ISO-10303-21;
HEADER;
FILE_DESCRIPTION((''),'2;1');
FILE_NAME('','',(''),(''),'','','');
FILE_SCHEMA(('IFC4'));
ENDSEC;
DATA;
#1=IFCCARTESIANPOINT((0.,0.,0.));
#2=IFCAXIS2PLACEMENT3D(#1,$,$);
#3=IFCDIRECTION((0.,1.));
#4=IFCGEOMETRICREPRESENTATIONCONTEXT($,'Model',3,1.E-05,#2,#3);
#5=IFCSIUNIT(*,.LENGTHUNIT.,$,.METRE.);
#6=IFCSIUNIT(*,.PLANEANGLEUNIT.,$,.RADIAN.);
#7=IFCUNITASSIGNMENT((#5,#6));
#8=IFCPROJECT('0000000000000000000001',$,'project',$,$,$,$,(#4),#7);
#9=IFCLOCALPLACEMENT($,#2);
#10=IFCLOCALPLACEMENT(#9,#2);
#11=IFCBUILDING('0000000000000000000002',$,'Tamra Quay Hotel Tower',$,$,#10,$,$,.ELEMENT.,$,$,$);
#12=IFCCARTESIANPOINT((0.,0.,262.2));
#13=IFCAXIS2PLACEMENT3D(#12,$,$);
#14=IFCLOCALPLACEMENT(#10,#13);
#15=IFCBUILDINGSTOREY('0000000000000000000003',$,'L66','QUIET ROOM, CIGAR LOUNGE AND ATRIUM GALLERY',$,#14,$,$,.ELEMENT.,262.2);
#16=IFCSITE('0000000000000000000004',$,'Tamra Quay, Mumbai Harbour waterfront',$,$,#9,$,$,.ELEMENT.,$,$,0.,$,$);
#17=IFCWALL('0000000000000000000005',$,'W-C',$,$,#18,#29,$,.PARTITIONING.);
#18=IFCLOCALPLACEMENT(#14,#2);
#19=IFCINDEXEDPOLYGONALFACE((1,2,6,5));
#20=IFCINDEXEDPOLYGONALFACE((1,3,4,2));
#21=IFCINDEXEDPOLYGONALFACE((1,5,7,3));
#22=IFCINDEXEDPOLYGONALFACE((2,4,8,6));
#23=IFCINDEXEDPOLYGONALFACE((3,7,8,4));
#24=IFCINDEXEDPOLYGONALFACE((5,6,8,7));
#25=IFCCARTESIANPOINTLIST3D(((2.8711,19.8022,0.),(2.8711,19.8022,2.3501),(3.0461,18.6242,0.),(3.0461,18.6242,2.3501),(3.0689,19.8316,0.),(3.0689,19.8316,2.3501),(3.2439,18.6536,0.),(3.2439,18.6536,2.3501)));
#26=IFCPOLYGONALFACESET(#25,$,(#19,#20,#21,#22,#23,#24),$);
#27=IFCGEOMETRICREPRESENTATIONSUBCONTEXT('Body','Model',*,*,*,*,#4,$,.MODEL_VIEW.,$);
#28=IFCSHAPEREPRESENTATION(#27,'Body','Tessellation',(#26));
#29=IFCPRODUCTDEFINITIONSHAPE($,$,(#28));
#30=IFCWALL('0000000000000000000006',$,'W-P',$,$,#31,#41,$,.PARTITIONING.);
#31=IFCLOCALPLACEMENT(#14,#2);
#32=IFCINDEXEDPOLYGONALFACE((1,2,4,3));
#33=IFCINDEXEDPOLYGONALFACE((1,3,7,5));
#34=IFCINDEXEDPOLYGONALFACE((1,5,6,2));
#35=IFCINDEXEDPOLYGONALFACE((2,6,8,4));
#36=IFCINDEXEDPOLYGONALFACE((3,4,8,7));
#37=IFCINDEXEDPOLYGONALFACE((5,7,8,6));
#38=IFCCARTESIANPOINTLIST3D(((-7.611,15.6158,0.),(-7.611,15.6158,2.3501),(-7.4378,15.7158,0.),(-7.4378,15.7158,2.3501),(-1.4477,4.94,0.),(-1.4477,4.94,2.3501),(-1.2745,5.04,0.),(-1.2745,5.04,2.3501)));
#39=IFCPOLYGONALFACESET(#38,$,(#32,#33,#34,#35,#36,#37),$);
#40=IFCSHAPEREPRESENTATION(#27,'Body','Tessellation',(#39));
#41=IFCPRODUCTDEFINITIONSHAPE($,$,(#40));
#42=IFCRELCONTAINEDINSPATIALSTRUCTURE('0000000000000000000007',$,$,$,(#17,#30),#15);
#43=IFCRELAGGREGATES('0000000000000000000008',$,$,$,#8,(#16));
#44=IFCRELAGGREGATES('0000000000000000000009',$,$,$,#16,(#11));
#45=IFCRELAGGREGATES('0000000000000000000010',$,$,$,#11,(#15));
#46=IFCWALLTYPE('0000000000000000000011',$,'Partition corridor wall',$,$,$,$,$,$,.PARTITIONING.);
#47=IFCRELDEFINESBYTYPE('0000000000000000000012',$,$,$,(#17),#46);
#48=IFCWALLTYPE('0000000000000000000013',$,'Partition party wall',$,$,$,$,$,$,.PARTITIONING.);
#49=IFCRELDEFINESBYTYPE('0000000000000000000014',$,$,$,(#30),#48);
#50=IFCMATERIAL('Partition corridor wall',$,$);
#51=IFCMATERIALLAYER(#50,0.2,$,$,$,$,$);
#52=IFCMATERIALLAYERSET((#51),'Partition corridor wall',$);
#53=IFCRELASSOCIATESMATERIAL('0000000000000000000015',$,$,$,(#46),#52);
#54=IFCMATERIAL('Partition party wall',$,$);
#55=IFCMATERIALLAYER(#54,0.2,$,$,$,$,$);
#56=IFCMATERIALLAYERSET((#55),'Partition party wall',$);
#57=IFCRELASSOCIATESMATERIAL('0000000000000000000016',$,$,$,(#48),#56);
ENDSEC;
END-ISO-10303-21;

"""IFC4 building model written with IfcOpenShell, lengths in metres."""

from ifc_helpers import new_model, si_unit, direction, frame, frame_2d, origin, place, context, subcontext, project, spatial, rectangle, extrude, material, layer, layer_set, type_object, element, save


model = new_model("IFC4")

# Units and contexts
model_context = context("Model", 3, precision=1e-05, world=origin(), true_north=direction((0.0, 1.0)))
body_context = subcontext(model_context, "Body", "Model", "MODEL_VIEW")
ifc_project = project(units=[si_unit("LENGTHUNIT", "METRE"), si_unit("PLANEANGLEUNIT", "RADIAN")], contexts=[model_context])

# Site, building, storey
site_placement = place(None, origin())
site = spatial("IfcSite", under=ifc_project, at=site_placement, Name="Tamra Quay, Mumbai Harbour waterfront", CompositionType="ELEMENT", RefElevation=0.0)
building_placement = place(site_placement, origin())
building = spatial("IfcBuilding", under=site, at=building_placement, Name="Tamra Quay Hotel Tower", CompositionType="ELEMENT")
storey_placement = place(building_placement, frame((0.0, 0.0, 262.2)))
storey = spatial("IfcBuildingStorey", under=building, at=storey_placement, Name="L66", Description="QUIET ROOM, CIGAR LOUNGE AND ATRIUM GALLERY", CompositionType="ELEMENT", Elevation=262.2)

# Shared definitions
ifc_material_1 = material(Name="Partition corridor wall")
ifc_layer_1 = layer(ifc_material_1, 0.2)
ifc_layer_set_1 = layer_set([ifc_layer_1], Name="Partition corridor wall")
wall_type_1 = type_object("IfcWallType", Name="Partition corridor wall", PredefinedType="PARTITIONING", material=ifc_layer_set_1)

# Walls
wall_1_placement = place(storey_placement, frame((2.97, 19.8169, 0.0), z_axis=(0.0, 0.0, 1.0), x_axis=(0.146987, -0.989138, 0.0)))
element("IfcWall", 1, at=wall_1_placement, inside=storey, type_object=wall_type_1, Name="W-C", PredefinedType="PARTITIONING", context=body_context, shape_type="SweptSolid", body=[
    extrude(rectangle(XDim=1.1909, YDim=0.2, at=frame_2d((0.5955, 0.0))), origin(), (0.0, 0.0, 1.0), 2.3501),
])
ifc_material_2 = material(Name="Partition party wall")
ifc_layer_2 = layer(ifc_material_2, 0.2)
ifc_layer_set_2 = layer_set([ifc_layer_2], Name="Partition party wall")
wall_type_2 = type_object("IfcWallType", Name="Partition party wall", PredefinedType="PARTITIONING", material=ifc_layer_set_2)
wall_2_placement = place(storey_placement, frame((-7.5244, 15.6658, 0.0), z_axis=(0.0, 0.0, 1.0), x_axis=(0.49998, -0.866037, 0.0)))
element("IfcWall", 2, at=wall_2_placement, inside=storey, type_object=wall_type_2, Name="W-P", PredefinedType="PARTITIONING", context=body_context, shape_type="SweptSolid", body=[
    extrude(rectangle(XDim=12.3271, YDim=0.2, at=frame_2d((6.1636, 0.0))), origin(), (0.0, 0.0, 1.0), 2.3501),
])

save(model, "model.ifc")
